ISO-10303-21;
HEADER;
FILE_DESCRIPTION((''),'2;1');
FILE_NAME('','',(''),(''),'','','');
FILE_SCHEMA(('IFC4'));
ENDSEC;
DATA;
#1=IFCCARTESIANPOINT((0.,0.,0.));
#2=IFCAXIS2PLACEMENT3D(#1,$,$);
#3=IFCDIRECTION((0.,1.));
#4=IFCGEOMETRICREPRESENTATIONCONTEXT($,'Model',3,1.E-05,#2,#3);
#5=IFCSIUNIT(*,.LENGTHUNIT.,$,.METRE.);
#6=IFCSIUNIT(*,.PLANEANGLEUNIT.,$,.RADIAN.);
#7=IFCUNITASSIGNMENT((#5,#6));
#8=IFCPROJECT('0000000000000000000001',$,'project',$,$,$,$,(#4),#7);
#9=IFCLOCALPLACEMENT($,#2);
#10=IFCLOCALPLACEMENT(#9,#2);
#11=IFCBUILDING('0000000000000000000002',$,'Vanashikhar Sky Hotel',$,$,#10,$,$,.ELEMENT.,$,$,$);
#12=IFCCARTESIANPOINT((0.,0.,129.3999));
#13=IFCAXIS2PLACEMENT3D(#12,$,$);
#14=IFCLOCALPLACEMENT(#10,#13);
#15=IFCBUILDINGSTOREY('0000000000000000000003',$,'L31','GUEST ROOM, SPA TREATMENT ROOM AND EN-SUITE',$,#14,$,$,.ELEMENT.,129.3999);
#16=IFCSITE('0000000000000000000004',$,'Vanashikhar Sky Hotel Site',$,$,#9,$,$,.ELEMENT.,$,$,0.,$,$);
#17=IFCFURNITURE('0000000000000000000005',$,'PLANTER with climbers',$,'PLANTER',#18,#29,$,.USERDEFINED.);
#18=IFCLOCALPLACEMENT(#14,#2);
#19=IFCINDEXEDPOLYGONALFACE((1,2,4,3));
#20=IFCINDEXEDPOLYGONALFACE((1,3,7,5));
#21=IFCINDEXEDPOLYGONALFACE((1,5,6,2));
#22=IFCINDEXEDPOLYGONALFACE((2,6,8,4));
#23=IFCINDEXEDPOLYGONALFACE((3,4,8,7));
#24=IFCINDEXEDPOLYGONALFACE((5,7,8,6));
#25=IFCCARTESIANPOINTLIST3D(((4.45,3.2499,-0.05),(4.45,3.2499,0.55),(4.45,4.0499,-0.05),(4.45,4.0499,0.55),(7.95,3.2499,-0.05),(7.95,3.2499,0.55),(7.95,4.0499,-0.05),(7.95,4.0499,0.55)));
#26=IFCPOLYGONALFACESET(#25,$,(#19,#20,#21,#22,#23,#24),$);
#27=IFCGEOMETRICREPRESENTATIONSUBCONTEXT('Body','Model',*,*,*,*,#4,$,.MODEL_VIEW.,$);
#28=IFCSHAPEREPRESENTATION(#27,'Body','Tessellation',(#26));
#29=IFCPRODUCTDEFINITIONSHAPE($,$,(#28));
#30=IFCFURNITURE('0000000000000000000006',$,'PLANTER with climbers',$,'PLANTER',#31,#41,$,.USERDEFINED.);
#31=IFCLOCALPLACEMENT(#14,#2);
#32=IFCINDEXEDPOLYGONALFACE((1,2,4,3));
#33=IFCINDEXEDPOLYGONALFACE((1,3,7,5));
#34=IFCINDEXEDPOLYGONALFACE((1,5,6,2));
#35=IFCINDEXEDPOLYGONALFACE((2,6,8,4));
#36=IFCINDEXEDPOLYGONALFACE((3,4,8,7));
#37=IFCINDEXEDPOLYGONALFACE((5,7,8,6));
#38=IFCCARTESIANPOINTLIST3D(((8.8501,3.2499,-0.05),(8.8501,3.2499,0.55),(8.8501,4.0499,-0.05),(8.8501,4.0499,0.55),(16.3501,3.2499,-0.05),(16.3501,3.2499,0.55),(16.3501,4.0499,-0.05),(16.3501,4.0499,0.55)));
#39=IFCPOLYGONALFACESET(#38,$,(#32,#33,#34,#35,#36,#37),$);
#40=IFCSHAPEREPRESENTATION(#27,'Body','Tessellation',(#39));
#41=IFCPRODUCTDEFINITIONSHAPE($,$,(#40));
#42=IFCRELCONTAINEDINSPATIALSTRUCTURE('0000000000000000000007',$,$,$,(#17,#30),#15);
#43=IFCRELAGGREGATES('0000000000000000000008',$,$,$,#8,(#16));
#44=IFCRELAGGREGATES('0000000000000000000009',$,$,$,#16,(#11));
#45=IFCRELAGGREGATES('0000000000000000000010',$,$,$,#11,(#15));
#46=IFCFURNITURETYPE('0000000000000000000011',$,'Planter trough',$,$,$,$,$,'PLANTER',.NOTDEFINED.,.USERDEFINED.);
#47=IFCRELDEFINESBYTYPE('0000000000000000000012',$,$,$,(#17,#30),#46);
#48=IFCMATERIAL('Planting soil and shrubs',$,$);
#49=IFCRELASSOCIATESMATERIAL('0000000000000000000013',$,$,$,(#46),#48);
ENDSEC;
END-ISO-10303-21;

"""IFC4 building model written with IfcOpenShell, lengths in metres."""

from ifc_helpers import new_model, si_unit, direction, frame, origin, origin_2d, place, context, subcontext, project, spatial, rectangle, extrude, source, transform, mapped, material, type_object, element, save


model = new_model("IFC4")

# Units and contexts
model_context = context("Model", 3, precision=1e-05, world=origin(), true_north=direction((0.0, 1.0)))
body_context = subcontext(model_context, "Body", "Model", "MODEL_VIEW")
ifc_project = project(units=[si_unit("LENGTHUNIT", "METRE"), si_unit("PLANEANGLEUNIT", "RADIAN")], contexts=[model_context])

# Site, building, storey
site_placement = place(None, origin())
site = spatial("IfcSite", under=ifc_project, at=site_placement, Name="Vanashikhar Sky Hotel Site", CompositionType="ELEMENT", RefElevation=0.0)
building_placement = place(site_placement, origin())
building = spatial("IfcBuilding", under=site, at=building_placement, Name="Vanashikhar Sky Hotel", CompositionType="ELEMENT")
storey_placement = place(building_placement, frame((0.0, 0.0, 129.3999)))
storey = spatial("IfcBuildingStorey", under=building, at=storey_placement, Name="L31", Description="GUEST ROOM, SPA TREATMENT ROOM AND EN-SUITE", CompositionType="ELEMENT", Elevation=129.3999)

# Furniture
ifc_material_1 = material(Name="Planting soil and shrubs")
furniture_type = type_object("IfcFurnitureType", Name="Planter trough", ElementType="PLANTER", AssemblyPlace="NOTDEFINED", PredefinedType="USERDEFINED", material=ifc_material_1)
shared_shape_1 = source(origin(), body_context, "Body", "SweptSolid", [
    extrude(rectangle(XDim=3.5, YDim=0.8, at=origin_2d()), origin(), (0.0, 0.0, 1.0), 0.6001),
])
furniture_1_placement = place(storey_placement, frame((6.2, 3.6499, -0.05), z_axis=(0.0, 0.0, 1.0), x_axis=(1.0, 0.0, 0.0)))
element("IfcFurniture", 1, at=furniture_1_placement, inside=storey, type_object=furniture_type, Name="PLANTER with climbers", ObjectType="PLANTER", PredefinedType="USERDEFINED", context=body_context, shape_type="MappedRepresentation", body=[
    mapped(shared_shape_1, transform((0.0, 0.0, 0.0), scale=1.0)),
])
shared_shape_2 = source(origin(), body_context, "Body", "SweptSolid", [
    extrude(rectangle(XDim=7.5, YDim=0.8, at=origin_2d()), origin(), (0.0, 0.0, 1.0), 0.6001),
])
furniture_2_placement = place(storey_placement, frame((12.6001, 3.6499, -0.05), z_axis=(0.0, 0.0, 1.0), x_axis=(1.0, 0.0, 0.0)))
element("IfcFurniture", 2, at=furniture_2_placement, inside=storey, type_object=furniture_type, Name="PLANTER with climbers", ObjectType="PLANTER", PredefinedType="USERDEFINED", context=body_context, shape_type="MappedRepresentation", body=[
    mapped(shared_shape_2, transform((0.0, 0.0, 0.0), scale=1.0)),
])

save(model, "model.ifc")
